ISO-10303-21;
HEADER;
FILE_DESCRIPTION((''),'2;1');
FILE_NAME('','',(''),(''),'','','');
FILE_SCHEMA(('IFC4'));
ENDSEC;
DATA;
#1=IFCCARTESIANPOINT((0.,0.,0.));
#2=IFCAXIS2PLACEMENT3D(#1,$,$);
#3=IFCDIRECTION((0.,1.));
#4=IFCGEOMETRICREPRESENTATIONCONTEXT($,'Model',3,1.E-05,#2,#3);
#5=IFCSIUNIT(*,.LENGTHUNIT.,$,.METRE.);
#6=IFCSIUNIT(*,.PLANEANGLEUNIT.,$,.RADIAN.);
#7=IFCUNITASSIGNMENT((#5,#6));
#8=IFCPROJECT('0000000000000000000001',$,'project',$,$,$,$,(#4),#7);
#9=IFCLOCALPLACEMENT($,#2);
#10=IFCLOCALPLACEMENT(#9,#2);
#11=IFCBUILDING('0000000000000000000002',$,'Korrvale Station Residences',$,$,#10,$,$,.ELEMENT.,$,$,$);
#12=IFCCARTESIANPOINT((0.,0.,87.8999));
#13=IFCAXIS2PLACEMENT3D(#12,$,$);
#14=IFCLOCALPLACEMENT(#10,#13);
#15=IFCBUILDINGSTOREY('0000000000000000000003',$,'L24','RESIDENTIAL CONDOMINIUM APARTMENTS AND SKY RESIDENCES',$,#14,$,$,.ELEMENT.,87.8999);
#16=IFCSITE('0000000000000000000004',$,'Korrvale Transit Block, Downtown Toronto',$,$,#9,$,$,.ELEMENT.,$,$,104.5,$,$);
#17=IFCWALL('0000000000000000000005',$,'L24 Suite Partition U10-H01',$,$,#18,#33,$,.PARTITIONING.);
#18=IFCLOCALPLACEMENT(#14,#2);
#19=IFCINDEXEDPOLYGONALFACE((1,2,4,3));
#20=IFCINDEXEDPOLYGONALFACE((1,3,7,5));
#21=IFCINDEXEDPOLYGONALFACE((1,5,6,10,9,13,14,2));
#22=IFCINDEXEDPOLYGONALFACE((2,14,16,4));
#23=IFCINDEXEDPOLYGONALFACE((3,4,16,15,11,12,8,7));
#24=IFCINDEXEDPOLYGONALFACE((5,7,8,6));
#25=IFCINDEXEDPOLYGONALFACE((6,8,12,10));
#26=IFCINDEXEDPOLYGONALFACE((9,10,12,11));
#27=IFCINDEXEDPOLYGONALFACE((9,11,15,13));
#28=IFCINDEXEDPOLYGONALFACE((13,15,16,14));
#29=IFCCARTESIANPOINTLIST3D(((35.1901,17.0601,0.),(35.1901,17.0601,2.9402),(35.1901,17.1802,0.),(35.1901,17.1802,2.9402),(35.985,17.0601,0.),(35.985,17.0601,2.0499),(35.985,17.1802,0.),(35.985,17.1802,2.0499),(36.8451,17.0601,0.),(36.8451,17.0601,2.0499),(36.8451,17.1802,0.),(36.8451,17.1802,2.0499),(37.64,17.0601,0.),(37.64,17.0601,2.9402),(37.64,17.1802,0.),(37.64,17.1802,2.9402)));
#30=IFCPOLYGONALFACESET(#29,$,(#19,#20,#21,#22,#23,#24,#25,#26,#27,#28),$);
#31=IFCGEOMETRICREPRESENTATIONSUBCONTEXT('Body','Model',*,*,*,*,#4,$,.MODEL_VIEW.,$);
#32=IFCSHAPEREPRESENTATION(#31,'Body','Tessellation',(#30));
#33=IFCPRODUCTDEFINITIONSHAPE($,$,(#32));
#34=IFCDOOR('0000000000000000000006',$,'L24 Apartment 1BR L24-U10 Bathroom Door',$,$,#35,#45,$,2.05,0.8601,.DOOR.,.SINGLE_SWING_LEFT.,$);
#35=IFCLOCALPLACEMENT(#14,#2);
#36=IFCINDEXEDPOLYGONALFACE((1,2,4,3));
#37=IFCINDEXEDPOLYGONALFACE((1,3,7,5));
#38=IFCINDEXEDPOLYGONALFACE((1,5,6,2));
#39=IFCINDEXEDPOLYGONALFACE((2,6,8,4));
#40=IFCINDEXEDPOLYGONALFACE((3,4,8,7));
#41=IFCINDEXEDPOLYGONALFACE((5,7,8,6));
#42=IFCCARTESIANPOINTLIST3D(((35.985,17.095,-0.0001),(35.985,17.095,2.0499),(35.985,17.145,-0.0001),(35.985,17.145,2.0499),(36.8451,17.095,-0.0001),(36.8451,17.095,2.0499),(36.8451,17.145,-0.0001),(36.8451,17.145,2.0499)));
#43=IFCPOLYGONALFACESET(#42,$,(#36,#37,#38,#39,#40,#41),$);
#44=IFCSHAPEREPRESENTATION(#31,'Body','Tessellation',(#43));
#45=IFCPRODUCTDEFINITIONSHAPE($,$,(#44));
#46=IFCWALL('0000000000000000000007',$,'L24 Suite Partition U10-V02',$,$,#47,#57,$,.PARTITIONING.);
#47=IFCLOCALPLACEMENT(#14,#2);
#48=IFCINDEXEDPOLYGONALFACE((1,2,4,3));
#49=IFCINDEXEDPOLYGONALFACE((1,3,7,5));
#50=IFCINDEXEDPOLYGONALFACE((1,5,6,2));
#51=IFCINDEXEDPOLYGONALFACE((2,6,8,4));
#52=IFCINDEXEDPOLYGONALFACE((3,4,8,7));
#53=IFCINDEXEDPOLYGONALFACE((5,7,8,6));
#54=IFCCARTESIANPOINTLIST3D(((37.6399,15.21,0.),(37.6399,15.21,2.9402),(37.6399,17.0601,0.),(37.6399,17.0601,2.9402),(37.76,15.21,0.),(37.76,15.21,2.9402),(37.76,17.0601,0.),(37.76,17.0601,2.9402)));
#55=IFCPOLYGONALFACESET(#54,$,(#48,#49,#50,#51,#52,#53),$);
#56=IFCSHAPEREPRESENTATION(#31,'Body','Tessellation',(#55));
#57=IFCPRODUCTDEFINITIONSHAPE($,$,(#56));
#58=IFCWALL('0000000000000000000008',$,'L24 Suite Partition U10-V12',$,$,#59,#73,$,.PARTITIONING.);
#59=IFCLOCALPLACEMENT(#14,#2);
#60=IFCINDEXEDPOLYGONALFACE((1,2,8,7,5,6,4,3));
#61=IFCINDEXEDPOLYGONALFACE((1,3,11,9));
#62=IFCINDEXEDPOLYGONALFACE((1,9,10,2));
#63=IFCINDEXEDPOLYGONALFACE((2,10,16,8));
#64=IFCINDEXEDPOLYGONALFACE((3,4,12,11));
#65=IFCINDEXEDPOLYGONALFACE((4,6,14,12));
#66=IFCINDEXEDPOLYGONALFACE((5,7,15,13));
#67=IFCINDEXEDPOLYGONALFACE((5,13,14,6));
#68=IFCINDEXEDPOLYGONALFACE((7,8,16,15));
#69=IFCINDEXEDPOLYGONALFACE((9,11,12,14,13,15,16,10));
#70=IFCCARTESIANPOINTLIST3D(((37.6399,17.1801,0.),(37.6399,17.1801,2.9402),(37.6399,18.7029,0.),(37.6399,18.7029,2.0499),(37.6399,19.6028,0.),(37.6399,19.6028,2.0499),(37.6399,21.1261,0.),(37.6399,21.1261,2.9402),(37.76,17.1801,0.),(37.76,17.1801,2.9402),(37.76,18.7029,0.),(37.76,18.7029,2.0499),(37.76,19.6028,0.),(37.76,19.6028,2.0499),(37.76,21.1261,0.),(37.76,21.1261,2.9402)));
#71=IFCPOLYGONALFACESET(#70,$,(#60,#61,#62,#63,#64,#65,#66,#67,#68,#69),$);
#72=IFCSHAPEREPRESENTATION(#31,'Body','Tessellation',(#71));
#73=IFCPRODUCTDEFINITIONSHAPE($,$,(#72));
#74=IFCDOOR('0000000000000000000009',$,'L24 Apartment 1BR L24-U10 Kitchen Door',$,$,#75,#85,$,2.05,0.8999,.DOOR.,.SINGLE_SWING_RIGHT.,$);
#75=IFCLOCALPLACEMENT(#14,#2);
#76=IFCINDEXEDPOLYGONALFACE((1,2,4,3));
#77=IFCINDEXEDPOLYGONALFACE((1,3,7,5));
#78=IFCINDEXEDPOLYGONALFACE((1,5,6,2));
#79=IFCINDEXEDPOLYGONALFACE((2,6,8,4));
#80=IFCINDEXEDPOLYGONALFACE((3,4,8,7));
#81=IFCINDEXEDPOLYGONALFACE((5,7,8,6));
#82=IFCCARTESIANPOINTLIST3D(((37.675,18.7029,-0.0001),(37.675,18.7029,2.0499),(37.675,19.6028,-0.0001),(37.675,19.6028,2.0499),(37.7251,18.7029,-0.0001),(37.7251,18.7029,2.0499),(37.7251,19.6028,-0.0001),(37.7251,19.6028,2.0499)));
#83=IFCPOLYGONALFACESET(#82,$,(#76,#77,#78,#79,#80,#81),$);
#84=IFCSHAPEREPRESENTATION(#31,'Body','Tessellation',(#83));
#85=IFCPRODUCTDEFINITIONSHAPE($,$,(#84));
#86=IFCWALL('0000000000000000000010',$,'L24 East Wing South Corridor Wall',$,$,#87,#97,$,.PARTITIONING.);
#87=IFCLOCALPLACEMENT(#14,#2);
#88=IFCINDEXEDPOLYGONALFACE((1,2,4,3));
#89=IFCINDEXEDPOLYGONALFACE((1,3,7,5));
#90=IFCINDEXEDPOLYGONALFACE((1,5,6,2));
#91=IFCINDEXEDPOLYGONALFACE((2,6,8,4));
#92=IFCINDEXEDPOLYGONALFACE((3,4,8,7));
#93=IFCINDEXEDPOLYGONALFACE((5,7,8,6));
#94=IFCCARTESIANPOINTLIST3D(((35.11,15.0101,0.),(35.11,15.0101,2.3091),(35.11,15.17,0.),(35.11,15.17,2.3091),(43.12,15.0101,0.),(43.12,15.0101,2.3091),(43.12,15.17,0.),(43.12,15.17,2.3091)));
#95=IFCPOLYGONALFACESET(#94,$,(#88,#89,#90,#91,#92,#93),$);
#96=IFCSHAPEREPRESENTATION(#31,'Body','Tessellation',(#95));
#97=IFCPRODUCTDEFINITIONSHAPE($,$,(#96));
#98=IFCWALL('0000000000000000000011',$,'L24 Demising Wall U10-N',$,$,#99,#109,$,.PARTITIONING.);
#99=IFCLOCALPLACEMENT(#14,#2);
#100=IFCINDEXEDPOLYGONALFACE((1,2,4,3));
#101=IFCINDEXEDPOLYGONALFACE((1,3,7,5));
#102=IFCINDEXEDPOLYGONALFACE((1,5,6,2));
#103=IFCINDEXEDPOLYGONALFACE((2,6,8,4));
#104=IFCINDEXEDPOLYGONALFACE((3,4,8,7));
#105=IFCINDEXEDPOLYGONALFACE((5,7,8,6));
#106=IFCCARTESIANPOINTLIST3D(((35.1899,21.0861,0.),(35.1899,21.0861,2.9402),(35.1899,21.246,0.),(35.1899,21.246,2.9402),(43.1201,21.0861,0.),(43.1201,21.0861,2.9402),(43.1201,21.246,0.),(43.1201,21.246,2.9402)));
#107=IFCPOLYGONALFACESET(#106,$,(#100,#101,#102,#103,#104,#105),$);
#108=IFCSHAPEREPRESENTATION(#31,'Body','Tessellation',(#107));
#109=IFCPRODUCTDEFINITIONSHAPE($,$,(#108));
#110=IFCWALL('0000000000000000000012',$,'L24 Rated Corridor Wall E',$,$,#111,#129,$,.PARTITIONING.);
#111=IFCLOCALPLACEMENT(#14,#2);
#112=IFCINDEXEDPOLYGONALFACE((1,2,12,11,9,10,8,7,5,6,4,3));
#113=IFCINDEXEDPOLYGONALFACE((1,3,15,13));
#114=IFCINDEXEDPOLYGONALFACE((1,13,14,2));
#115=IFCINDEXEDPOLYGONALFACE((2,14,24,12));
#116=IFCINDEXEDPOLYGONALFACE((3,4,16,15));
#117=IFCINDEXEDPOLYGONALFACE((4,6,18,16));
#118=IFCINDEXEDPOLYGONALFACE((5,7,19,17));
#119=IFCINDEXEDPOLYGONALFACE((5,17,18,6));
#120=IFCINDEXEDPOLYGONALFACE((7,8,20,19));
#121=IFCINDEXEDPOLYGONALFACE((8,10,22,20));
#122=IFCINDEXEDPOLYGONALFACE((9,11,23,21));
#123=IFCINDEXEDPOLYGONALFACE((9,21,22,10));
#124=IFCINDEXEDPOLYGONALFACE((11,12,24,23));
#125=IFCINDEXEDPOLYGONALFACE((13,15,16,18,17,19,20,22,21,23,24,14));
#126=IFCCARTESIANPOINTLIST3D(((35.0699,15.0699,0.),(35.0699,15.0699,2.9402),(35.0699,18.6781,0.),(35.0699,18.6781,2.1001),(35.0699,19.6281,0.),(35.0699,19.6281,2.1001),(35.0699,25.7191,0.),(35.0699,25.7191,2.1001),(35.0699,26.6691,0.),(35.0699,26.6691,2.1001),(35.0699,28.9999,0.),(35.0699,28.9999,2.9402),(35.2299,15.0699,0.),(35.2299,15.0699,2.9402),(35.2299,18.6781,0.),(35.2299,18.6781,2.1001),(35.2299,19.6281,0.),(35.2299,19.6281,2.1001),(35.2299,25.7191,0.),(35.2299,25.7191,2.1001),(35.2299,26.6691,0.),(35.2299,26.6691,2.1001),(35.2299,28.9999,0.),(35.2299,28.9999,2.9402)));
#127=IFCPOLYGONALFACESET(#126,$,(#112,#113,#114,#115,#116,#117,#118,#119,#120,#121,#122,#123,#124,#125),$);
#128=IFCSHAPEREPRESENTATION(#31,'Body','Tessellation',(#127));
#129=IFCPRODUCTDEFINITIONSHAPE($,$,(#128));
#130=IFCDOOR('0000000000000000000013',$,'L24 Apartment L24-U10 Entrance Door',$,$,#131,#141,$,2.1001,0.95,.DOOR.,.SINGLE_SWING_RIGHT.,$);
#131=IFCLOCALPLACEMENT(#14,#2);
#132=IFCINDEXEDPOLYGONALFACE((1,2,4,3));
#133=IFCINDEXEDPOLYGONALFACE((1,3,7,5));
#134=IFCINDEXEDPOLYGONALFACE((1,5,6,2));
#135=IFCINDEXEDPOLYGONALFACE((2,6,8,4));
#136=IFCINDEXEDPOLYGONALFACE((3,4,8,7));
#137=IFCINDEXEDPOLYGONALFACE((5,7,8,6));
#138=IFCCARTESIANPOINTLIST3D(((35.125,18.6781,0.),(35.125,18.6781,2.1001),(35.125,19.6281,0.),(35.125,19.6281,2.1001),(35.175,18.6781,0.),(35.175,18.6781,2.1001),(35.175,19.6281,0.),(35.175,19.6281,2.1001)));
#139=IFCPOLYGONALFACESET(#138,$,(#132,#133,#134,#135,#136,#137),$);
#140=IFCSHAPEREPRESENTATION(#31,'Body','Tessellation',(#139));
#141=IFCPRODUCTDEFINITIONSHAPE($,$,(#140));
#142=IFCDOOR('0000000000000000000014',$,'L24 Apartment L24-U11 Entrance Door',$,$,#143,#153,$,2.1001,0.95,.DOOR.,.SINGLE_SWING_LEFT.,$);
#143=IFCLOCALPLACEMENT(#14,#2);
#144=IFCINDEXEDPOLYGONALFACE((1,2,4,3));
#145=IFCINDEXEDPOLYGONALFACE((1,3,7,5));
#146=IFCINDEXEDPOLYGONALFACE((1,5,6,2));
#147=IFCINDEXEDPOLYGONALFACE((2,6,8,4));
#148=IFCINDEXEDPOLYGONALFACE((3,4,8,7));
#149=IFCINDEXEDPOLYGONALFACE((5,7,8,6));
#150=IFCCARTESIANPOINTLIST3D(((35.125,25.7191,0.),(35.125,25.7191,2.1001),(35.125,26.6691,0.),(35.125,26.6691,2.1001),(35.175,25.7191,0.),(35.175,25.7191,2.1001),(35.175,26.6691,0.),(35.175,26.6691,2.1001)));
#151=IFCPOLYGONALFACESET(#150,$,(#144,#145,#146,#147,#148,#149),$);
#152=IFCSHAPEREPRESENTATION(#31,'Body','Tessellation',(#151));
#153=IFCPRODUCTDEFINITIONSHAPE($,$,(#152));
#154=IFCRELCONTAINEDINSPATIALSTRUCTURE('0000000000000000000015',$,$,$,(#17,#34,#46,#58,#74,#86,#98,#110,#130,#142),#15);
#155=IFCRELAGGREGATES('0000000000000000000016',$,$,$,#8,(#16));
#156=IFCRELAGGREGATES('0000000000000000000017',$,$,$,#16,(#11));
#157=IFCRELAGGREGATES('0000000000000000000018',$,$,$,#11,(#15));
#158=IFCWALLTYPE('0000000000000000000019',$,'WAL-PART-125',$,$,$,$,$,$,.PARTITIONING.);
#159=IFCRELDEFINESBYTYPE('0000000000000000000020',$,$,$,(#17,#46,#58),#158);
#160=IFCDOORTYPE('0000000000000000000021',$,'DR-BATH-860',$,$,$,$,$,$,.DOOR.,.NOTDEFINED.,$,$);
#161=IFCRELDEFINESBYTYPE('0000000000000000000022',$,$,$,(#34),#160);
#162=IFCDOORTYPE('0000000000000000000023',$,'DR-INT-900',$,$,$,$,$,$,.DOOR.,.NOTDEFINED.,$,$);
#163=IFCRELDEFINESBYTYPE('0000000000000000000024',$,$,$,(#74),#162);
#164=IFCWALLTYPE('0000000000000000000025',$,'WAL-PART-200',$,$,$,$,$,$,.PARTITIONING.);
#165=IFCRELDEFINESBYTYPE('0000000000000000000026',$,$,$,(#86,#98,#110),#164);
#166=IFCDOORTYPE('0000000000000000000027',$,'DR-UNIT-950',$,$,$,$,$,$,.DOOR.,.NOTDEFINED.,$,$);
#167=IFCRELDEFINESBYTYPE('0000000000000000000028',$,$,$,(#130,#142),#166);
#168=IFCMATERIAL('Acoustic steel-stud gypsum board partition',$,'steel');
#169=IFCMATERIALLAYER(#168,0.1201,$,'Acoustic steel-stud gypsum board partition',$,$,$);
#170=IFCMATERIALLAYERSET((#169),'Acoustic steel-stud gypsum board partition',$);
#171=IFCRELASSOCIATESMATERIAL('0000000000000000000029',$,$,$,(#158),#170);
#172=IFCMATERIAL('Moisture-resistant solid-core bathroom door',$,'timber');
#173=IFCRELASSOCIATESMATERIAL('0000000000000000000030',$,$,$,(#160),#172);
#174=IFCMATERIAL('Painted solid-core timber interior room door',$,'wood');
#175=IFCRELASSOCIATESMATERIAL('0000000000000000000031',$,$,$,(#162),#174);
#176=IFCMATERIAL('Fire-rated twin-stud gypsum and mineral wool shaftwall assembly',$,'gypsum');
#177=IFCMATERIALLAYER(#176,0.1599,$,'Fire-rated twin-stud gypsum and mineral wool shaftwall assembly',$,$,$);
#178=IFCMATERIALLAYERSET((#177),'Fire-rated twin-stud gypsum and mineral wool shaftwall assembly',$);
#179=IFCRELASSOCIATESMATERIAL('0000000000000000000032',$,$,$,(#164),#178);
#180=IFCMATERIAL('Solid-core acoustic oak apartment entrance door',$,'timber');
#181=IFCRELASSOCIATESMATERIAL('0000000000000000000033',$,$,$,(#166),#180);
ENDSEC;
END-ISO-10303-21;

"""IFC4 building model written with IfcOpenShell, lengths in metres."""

from ifc_helpers import new_model, si_unit, direction, frame, frame_2d, origin, place, context, subcontext, project, spatial, rectangle, extrude, material, layer, layer_set, type_object, element, fill, save


model = new_model("IFC4")

# Units and contexts
model_context = context("Model", 3, precision=1e-05, world=origin(), true_north=direction((0.0, 1.0)))
body_context = subcontext(model_context, "Body", "Model", "MODEL_VIEW")
ifc_project = project(units=[si_unit("LENGTHUNIT", "METRE"), si_unit("PLANEANGLEUNIT", "RADIAN")], contexts=[model_context])

# Site, building, storey
site_placement = place(None, origin())
site = spatial("IfcSite", under=ifc_project, at=site_placement, Name="Korrvale Transit Block, Downtown Toronto", CompositionType="ELEMENT", RefElevation=104.5)
building_placement = place(site_placement, origin())
building = spatial("IfcBuilding", under=site, at=building_placement, Name="Korrvale Station Residences", CompositionType="ELEMENT")
storey_placement = place(building_placement, frame((0.0, 0.0, 87.8999)))
storey = spatial("IfcBuildingStorey", under=building, at=storey_placement, Name="L24", Description="RESIDENTIAL CONDOMINIUM APARTMENTS AND SKY RESIDENCES", CompositionType="ELEMENT", Elevation=87.8999)

# Wall, opening, door
ifc_material_1 = material(Name="Acoustic steel-stud gypsum board partition", Category="steel")
ifc_layer_1 = layer(ifc_material_1, 0.1201, Name="Acoustic steel-stud gypsum board partition")
ifc_layer_set_1 = layer_set([ifc_layer_1], Name="Acoustic steel-stud gypsum board partition")
wall_type_1 = type_object("IfcWallType", Name="WAL-PART-125", PredefinedType="PARTITIONING", material=ifc_layer_set_1)
wall_1_placement = place(storey_placement, frame((35.1899, 17.1201, 0.0), z_axis=(0.0, 0.0, 1.0), x_axis=(1.0, 0.0, 0.0)))
wall_1 = element("IfcWall", 1, at=wall_1_placement, inside=storey, type_object=wall_type_1, Name="L24 Suite Partition U10-H01", PredefinedType="PARTITIONING", context=body_context, shape_type="SweptSolid", body=[
    extrude(rectangle(XDim=2.45, YDim=0.1201, at=frame_2d((1.2251, 0.0))), origin(), (0.0, 0.0, 1.0), 2.9402),
])
opening_1_placement = place(wall_1_placement, frame((0.7949, 0.0, 0.0)))
opening_1 = element("IfcOpeningElement", 2, at=opening_1_placement, cuts=wall_1, PredefinedType="OPENING", context=body_context, shape_type="SweptSolid", body=[
    extrude(rectangle(XDim=0.8601, YDim=2.05, at=frame_2d((0.4302, 1.0249))), frame((0.0, 0.0701, 0.0), z_axis=(0.0, -1.0, 0.0), x_axis=(1.0, 0.0, 0.0)), (0.0, 0.0, 1.0), 0.1401),
])
ifc_material_2 = material(Name="Moisture-resistant solid-core bathroom door", Category="timber")
door_type_1 = type_object("IfcDoorType", Name="DR-BATH-860", OperationType="NOTDEFINED", PredefinedType="DOOR", material=ifc_material_2)
door_1_placement = place(opening_1_placement, origin())
door_1 = element("IfcDoor", 3, at=door_1_placement, inside=storey, type_object=door_type_1, Name="L24 Apartment 1BR L24-U10 Bathroom Door", OperationType="SINGLE_SWING_LEFT", OverallHeight=2.05, OverallWidth=0.8601, PredefinedType="DOOR", context=body_context, shape_type="SweptSolid", body=[
    extrude(rectangle(XDim=0.8601, YDim=2.05, at=frame_2d((0.4302, 1.0249))), frame((0.0, 0.0249, 0.0), z_axis=(0.0, -1.0, 0.0), x_axis=(1.0, 0.0, 0.0)), (0.0, 0.0, 1.0), 0.05),
])
fill(opening_1, door_1)

# Wall
wall_2_placement = place(storey_placement, frame((37.7, 15.21, 0.0), z_axis=(0.0, 0.0, 1.0), x_axis=(0.0, 1.0, 0.0)))
element("IfcWall", 4, at=wall_2_placement, inside=storey, type_object=wall_type_1, Name="L24 Suite Partition U10-V02", PredefinedType="PARTITIONING", context=body_context, shape_type="SweptSolid", body=[
    extrude(rectangle(XDim=1.8501, YDim=0.1201, at=frame_2d((0.925, 0.0))), origin(), (0.0, 0.0, 1.0), 2.9402),
])

# Wall, opening, door
wall_3_placement = place(storey_placement, frame((37.7, 17.1799, 0.0), z_axis=(0.0, 0.0, 1.0), x_axis=(0.0, 1.0, 0.0)))
wall_3 = element("IfcWall", 5, at=wall_3_placement, inside=storey, type_object=wall_type_1, Name="L24 Suite Partition U10-V12", PredefinedType="PARTITIONING", context=body_context, shape_type="SweptSolid", body=[
    extrude(rectangle(XDim=3.946, YDim=0.1201, at=frame_2d((1.9731, 0.0))), origin(), (0.0, 0.0, 1.0), 2.9402),
])
opening_2_placement = place(wall_3_placement, frame((1.5229, 0.0, 0.0)))
opening_2 = element("IfcOpeningElement", 6, at=opening_2_placement, cuts=wall_3, PredefinedType="OPENING", context=body_context, shape_type="SweptSolid", body=[
    extrude(rectangle(XDim=0.8999, YDim=2.05, at=frame_2d((0.45, 1.0249))), frame((0.0, 0.0701, 0.0), z_axis=(0.0, -1.0, 0.0), x_axis=(1.0, 0.0, 0.0)), (0.0, 0.0, 1.0), 0.1401),
])
ifc_material_3 = material(Name="Painted solid-core timber interior room door", Category="wood")
door_type_2 = type_object("IfcDoorType", Name="DR-INT-900", OperationType="NOTDEFINED", PredefinedType="DOOR", material=ifc_material_3)
door_2_placement = place(opening_2_placement, origin())
door_2 = element("IfcDoor", 7, at=door_2_placement, inside=storey, type_object=door_type_2, Name="L24 Apartment 1BR L24-U10 Kitchen Door", OperationType="SINGLE_SWING_RIGHT", OverallHeight=2.05, OverallWidth=0.8999, PredefinedType="DOOR", context=body_context, shape_type="SweptSolid", body=[
    extrude(rectangle(XDim=0.8999, YDim=2.05, at=frame_2d((0.45, 1.0249))), frame((0.0, 0.0249, 0.0), z_axis=(0.0, -1.0, 0.0), x_axis=(1.0, 0.0, 0.0)), (0.0, 0.0, 1.0), 0.05),
])
fill(opening_2, door_2)

# Walls
ifc_material_4 = material(Name="Fire-rated twin-stud gypsum and mineral wool shaftwall assembly", Category="gypsum")
ifc_layer_2 = layer(ifc_material_4, 0.1599, Name="Fire-rated twin-stud gypsum and mineral wool shaftwall assembly")
ifc_layer_set_2 = layer_set([ifc_layer_2], Name="Fire-rated twin-stud gypsum and mineral wool shaftwall assembly")
wall_type_2 = type_object("IfcWallType", Name="WAL-PART-200", PredefinedType="PARTITIONING", material=ifc_layer_set_2)
wall_4_placement = place(storey_placement, frame((35.1101, 15.0901, 0.0), z_axis=(0.0, 0.0, 1.0), x_axis=(1.0, 0.0, 0.0)))
element("IfcWall", 8, at=wall_4_placement, inside=storey, type_object=wall_type_2, Name="L24 East Wing South Corridor Wall", PredefinedType="PARTITIONING", context=body_context, shape_type="SweptSolid", body=[
    extrude(rectangle(XDim=8.01, YDim=0.1599, at=frame_2d((4.0049, 0.0))), origin(), (0.0, 0.0, 1.0), 2.3091),
])
wall_5_placement = place(storey_placement, frame((35.1899, 21.166, 0.0), z_axis=(0.0, 0.0, 1.0), x_axis=(1.0, 0.0, 0.0)))
element("IfcWall", 9, at=wall_5_placement, inside=storey, type_object=wall_type_2, Name="L24 Demising Wall U10-N", PredefinedType="PARTITIONING", context=body_context, shape_type="SweptSolid", body=[
    extrude(rectangle(XDim=7.9302, YDim=0.1599, at=frame_2d((3.9651, 0.0))), origin(), (0.0, 0.0, 1.0), 2.9402),
])

# Wall, openings, doors
wall_6_placement = place(storey_placement, frame((35.1499, 15.0701, 0.0), z_axis=(0.0, 0.0, 1.0), x_axis=(0.0, 1.0, 0.0)))
wall_6 = element("IfcWall", 10, at=wall_6_placement, inside=storey, type_object=wall_type_2, Name="L24 Rated Corridor Wall E", PredefinedType="PARTITIONING", context=body_context, shape_type="SweptSolid", body=[
    extrude(rectangle(XDim=13.9299, YDim=0.1599, at=frame_2d((6.9648, 0.0))), origin(), (0.0, 0.0, 1.0), 2.9402),
])
opening_3_placement = place(wall_6_placement, frame((3.6079, 0.0, 0.0)))
opening_3 = element("IfcOpeningElement", 11, at=opening_3_placement, cuts=wall_6, PredefinedType="OPENING", context=body_context, shape_type="SweptSolid", body=[
    extrude(rectangle(XDim=0.95, YDim=2.1001, at=frame_2d((0.4751, 1.05))), frame((0.0, 0.0898, 0.0), z_axis=(0.0, -1.0, 0.0), x_axis=(1.0, 0.0, 0.0)), (0.0, 0.0, 1.0), 0.1799),
])
opening_4_placement = place(wall_6_placement, frame((10.6489, 0.0, 0.0)))
opening_4 = element("IfcOpeningElement", 12, at=opening_4_placement, cuts=wall_6, PredefinedType="OPENING", context=body_context, shape_type="SweptSolid", body=[
    extrude(rectangle(XDim=0.95, YDim=2.1001, at=frame_2d((0.4751, 1.05))), frame((0.0, 0.0898, 0.0), z_axis=(0.0, -1.0, 0.0), x_axis=(1.0, 0.0, 0.0)), (0.0, 0.0, 1.0), 0.1799),
])
ifc_material_5 = material(Name="Solid-core acoustic oak apartment entrance door", Category="timber")
door_type_3 = type_object("IfcDoorType", Name="DR-UNIT-950", OperationType="NOTDEFINED", PredefinedType="DOOR", material=ifc_material_5)
door_3_placement = place(opening_3_placement, origin())
door_3 = element("IfcDoor", 13, at=door_3_placement, inside=storey, type_object=door_type_3, Name="L24 Apartment L24-U10 Entrance Door", OperationType="SINGLE_SWING_RIGHT", OverallHeight=2.1001, OverallWidth=0.95, PredefinedType="DOOR", context=body_context, shape_type="SweptSolid", body=[
    extrude(rectangle(XDim=0.95, YDim=2.1001, at=frame_2d((0.4751, 1.05))), frame((0.0, 0.0249, 0.0), z_axis=(0.0, -1.0, 0.0), x_axis=(1.0, 0.0, 0.0)), (0.0, 0.0, 1.0), 0.05),
])
fill(opening_3, door_3)
door_4_placement = place(opening_4_placement, origin())
door_4 = element("IfcDoor", 14, at=door_4_placement, inside=storey, type_object=door_type_3, Name="L24 Apartment L24-U11 Entrance Door", OperationType="SINGLE_SWING_LEFT", OverallHeight=2.1001, OverallWidth=0.95, PredefinedType="DOOR", context=body_context, shape_type="SweptSolid", body=[
    extrude(rectangle(XDim=0.95, YDim=2.1001, at=frame_2d((0.4751, 1.05))), frame((0.0, 0.0249, 0.0), z_axis=(0.0, -1.0, 0.0), x_axis=(1.0, 0.0, 0.0)), (0.0, 0.0, 1.0), 0.05),
])
fill(opening_4, door_4)

save(model, "model.ifc")
